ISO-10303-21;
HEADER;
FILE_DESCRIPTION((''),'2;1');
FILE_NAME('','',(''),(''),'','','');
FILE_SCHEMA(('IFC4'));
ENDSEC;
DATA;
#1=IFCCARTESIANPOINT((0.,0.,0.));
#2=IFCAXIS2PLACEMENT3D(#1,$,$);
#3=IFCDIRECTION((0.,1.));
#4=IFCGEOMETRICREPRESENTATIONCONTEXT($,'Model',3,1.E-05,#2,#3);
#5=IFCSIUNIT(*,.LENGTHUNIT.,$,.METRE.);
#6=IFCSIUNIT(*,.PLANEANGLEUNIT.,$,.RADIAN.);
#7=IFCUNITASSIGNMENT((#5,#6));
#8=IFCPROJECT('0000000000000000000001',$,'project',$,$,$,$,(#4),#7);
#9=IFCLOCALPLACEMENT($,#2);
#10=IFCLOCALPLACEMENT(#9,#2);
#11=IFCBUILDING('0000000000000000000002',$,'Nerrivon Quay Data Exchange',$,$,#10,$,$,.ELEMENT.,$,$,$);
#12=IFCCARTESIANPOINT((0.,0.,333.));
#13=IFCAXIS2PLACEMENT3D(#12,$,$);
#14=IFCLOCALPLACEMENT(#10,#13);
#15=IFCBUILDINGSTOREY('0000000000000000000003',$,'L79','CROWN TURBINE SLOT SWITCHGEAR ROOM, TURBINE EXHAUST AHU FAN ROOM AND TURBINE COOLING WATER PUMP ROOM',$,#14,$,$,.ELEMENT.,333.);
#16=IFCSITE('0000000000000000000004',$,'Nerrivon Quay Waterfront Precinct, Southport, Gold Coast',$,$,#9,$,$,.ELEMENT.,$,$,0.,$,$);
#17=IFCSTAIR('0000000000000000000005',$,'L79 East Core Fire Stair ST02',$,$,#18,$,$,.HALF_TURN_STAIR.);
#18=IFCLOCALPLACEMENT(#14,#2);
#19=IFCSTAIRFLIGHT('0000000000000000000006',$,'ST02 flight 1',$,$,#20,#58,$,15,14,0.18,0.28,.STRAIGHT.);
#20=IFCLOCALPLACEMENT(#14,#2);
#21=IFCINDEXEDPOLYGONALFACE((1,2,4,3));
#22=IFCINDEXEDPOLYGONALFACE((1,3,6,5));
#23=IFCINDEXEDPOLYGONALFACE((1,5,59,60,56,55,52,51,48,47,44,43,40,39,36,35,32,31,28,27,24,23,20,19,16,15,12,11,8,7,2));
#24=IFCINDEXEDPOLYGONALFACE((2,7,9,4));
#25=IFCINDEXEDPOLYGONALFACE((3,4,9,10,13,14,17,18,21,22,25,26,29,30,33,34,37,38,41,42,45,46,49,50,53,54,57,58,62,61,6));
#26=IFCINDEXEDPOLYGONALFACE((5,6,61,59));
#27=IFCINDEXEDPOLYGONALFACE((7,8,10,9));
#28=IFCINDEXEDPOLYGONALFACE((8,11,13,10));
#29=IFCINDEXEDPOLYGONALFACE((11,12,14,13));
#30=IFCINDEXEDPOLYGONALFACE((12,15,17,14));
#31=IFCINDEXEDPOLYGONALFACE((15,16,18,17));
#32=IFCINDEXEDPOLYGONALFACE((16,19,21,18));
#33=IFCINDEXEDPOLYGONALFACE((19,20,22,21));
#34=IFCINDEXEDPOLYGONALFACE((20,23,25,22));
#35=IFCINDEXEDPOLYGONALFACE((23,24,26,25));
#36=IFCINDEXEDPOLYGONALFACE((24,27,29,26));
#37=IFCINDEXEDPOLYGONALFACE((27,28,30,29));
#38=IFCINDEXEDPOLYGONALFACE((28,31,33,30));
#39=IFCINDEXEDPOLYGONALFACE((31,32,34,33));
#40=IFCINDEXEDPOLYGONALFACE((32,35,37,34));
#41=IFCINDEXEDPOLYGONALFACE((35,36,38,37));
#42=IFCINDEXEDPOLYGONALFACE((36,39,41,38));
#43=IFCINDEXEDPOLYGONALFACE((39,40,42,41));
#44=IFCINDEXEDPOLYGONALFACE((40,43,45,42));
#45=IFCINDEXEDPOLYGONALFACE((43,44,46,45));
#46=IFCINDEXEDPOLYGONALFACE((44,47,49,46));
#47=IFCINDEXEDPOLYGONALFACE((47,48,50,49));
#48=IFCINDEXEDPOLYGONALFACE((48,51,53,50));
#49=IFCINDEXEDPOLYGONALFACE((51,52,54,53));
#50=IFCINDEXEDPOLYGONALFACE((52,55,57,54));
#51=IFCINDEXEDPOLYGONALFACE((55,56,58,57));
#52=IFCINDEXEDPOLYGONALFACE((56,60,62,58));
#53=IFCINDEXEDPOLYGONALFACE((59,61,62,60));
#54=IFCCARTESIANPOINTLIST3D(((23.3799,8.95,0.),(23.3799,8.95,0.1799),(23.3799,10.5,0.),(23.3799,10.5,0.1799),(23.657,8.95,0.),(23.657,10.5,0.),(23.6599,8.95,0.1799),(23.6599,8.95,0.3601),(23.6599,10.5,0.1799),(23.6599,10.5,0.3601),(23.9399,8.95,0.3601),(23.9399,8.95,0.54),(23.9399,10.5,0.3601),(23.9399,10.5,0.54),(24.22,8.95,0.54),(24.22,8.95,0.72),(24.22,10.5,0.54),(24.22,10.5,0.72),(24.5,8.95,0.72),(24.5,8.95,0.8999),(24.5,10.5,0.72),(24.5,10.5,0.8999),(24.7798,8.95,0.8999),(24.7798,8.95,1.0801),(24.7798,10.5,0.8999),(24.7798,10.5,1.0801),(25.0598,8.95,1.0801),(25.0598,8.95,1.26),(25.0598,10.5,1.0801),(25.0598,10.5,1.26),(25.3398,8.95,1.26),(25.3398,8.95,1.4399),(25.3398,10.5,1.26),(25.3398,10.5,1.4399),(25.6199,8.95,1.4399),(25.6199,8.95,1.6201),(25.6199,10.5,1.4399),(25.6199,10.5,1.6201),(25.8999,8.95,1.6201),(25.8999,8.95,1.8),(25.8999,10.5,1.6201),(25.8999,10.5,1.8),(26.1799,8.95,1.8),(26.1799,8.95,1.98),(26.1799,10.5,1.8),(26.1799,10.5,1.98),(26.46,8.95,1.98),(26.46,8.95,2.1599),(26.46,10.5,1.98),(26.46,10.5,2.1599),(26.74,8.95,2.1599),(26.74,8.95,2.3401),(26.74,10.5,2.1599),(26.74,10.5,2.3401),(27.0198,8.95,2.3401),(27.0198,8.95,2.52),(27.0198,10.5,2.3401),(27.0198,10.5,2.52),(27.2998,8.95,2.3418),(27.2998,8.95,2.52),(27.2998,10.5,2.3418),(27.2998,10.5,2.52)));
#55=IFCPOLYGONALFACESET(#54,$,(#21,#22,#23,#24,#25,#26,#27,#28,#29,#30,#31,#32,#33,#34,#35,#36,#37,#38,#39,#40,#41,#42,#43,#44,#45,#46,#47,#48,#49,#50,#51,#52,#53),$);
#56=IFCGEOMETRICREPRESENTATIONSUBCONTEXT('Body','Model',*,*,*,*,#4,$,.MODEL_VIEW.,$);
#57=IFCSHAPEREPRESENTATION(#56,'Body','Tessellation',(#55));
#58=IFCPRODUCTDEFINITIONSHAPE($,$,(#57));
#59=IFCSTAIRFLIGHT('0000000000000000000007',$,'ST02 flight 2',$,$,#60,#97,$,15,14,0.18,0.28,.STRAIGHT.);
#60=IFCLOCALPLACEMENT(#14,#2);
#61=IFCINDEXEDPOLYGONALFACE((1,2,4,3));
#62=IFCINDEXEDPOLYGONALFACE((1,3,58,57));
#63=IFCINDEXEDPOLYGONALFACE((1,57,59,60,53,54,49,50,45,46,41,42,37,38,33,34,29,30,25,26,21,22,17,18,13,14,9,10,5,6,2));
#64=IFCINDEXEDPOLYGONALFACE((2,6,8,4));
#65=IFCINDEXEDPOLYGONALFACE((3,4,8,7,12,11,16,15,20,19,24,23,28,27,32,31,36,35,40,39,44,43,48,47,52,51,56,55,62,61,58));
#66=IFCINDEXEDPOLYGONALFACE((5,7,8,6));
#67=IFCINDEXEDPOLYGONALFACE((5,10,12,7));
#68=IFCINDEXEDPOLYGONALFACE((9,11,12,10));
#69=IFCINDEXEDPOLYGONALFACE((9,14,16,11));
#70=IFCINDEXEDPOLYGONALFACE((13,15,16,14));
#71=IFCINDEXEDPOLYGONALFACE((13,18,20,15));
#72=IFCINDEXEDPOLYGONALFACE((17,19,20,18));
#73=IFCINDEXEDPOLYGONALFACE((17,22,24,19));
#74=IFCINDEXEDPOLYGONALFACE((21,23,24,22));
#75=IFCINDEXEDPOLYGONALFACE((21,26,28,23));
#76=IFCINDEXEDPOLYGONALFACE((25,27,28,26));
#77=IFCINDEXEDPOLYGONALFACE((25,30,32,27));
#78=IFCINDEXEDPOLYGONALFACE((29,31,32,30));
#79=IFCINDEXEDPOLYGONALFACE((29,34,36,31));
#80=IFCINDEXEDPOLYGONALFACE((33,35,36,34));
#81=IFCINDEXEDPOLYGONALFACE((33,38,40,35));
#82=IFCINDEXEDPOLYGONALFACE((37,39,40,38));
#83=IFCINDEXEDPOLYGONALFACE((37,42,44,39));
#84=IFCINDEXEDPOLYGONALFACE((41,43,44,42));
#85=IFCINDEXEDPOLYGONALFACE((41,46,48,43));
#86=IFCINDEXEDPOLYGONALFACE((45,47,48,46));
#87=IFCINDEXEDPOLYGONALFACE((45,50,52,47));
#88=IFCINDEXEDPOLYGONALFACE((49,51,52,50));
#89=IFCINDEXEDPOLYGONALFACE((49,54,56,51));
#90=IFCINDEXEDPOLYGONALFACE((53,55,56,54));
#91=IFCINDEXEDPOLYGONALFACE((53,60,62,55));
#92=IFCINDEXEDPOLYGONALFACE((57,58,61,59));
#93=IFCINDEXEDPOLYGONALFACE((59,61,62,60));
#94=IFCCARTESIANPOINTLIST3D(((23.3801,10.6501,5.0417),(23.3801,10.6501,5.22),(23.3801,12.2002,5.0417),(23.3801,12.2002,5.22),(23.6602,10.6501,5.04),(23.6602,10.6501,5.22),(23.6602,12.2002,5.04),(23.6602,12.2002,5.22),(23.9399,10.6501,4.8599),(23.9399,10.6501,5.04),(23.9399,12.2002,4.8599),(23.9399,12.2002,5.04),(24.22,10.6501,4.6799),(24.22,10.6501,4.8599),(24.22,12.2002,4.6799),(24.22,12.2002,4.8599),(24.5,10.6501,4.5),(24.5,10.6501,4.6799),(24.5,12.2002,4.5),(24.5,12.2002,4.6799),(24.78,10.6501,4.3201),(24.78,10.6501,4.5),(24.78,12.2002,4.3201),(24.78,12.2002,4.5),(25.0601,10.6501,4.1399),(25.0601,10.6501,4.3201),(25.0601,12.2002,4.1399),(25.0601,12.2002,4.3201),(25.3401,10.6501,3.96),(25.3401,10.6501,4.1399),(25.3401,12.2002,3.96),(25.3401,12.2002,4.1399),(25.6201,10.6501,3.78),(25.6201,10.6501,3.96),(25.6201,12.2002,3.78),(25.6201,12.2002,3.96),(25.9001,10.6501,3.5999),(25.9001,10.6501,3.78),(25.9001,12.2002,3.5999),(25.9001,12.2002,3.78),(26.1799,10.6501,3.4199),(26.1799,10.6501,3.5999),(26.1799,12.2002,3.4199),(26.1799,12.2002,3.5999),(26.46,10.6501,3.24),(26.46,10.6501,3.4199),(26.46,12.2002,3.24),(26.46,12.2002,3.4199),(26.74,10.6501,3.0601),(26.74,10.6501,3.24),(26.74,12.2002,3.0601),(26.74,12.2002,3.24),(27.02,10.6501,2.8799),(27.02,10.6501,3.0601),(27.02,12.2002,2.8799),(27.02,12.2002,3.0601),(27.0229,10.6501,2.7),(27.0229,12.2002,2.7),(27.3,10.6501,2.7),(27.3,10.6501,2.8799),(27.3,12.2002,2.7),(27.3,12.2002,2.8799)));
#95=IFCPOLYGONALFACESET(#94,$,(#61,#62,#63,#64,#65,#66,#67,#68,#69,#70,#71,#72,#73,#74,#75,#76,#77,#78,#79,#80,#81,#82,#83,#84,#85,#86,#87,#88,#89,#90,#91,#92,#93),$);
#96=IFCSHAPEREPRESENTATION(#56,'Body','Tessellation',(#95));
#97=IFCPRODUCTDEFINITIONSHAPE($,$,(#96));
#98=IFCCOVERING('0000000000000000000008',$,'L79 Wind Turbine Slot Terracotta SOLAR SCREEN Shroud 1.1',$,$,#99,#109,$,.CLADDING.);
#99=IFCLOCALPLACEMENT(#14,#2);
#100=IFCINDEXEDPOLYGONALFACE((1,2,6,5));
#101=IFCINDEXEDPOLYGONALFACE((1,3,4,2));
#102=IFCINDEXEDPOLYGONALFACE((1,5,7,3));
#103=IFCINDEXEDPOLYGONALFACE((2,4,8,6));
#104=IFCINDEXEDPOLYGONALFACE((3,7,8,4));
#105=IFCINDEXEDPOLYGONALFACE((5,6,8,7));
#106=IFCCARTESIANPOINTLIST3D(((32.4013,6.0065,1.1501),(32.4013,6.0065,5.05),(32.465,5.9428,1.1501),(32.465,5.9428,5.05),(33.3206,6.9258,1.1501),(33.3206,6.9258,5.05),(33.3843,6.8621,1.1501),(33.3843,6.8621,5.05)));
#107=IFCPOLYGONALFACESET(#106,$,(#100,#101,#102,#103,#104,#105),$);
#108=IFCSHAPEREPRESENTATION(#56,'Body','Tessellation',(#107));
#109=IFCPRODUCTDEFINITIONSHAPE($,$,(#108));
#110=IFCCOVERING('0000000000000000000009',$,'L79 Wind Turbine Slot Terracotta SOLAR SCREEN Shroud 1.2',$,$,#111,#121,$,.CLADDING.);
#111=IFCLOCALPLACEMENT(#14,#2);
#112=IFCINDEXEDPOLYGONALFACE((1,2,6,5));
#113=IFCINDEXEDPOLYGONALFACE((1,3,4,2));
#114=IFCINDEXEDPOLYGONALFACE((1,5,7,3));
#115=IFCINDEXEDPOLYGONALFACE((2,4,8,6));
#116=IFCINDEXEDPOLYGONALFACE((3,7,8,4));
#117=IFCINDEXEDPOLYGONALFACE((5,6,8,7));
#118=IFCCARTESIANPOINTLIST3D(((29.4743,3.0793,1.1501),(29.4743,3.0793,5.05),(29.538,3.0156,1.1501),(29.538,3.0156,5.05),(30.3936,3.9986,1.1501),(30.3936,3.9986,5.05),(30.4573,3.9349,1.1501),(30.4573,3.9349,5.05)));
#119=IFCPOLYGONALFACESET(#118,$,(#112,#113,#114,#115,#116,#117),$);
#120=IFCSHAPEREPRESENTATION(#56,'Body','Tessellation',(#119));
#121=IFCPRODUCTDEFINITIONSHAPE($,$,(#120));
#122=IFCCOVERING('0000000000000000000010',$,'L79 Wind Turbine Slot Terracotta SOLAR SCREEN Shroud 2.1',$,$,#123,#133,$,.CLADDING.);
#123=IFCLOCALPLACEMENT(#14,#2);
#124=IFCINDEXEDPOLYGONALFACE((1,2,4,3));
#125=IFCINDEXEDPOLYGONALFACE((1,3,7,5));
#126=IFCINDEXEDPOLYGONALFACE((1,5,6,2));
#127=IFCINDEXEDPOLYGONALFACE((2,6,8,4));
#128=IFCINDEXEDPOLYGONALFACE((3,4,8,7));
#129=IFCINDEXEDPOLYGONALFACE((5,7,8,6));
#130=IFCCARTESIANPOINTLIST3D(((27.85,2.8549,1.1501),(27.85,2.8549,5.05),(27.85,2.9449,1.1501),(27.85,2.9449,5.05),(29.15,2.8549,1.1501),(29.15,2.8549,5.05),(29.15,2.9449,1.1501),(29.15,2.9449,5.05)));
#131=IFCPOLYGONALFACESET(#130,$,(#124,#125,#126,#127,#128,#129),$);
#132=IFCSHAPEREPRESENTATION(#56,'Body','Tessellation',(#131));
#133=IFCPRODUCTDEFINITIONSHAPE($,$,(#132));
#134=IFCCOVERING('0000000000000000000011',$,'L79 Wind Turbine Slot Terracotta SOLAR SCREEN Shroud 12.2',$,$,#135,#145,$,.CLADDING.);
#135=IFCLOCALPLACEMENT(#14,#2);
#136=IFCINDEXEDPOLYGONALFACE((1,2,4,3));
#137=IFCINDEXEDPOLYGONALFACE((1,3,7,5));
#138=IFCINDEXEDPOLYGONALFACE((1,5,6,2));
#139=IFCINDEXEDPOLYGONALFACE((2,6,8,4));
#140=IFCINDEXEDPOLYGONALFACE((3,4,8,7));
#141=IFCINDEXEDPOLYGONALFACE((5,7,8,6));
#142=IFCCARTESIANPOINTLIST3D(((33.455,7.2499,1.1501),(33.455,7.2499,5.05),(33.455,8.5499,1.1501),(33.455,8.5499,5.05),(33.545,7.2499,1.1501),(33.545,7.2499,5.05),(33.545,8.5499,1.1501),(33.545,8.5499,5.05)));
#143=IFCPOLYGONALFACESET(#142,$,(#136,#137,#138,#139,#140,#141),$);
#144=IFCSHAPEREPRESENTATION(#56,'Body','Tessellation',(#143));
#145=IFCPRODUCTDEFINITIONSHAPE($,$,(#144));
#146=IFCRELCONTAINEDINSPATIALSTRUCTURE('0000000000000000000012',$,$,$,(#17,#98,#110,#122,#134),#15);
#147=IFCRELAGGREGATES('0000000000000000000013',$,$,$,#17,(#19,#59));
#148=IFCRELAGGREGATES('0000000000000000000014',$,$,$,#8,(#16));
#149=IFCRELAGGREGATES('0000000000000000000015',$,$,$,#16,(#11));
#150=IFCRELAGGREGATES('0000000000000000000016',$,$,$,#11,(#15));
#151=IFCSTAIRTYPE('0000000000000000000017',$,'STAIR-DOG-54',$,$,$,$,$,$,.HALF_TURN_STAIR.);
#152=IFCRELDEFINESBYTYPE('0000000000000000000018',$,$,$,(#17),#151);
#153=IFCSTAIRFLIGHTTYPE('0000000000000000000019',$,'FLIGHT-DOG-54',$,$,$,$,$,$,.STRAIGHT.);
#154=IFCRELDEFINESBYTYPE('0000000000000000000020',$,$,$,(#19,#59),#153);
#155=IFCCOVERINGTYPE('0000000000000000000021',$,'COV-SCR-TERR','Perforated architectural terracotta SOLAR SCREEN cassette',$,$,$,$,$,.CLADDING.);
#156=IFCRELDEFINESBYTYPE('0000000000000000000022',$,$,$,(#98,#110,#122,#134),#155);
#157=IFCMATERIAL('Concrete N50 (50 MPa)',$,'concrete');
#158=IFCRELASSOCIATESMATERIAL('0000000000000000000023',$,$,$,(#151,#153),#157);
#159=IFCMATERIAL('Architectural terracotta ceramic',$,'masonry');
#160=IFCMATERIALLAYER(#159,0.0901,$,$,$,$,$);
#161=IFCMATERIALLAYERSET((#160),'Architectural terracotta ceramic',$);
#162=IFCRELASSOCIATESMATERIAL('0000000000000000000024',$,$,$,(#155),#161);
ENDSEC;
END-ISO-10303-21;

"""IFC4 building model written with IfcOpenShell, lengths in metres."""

from ifc_helpers import new_model, si_unit, direction, frame, origin, origin_2d, place, context, subcontext, project, spatial, polyline, rectangle, outline, extrude, material, layer, layer_set, type_object, element, aggregate, save


model = new_model("IFC4")

# Units and contexts
model_context = context("Model", 3, precision=1e-05, world=origin(), true_north=direction((0.0, 1.0)))
body_context = subcontext(model_context, "Body", "Model", "MODEL_VIEW")
ifc_project = project(units=[si_unit("LENGTHUNIT", "METRE"), si_unit("PLANEANGLEUNIT", "RADIAN")], contexts=[model_context])

# Site, building, storey
site_placement = place(None, origin())
site = spatial("IfcSite", under=ifc_project, at=site_placement, Name="Nerrivon Quay Waterfront Precinct, Southport, Gold Coast", CompositionType="ELEMENT", RefElevation=0.0)
building_placement = place(site_placement, origin())
building = spatial("IfcBuilding", under=site, at=building_placement, Name="Nerrivon Quay Data Exchange", CompositionType="ELEMENT")
storey_placement = place(building_placement, frame((0.0, 0.0, 333.0)))
storey = spatial("IfcBuildingStorey", under=building, at=storey_placement, Name="L79", Description="CROWN TURBINE SLOT SWITCHGEAR ROOM, TURBINE EXHAUST AHU FAN ROOM AND TURBINE COOLING WATER PUMP ROOM", CompositionType="ELEMENT", Elevation=333.0)

# Shared definitions
ifc_material_1 = material(Name="Concrete N50 (50 MPa)", Category="concrete")

# Stair, stair flights
stair_type = type_object("IfcStairType", Name="STAIR-DOG-54", PredefinedType="HALF_TURN_STAIR", material=ifc_material_1)
stair_placement = place(storey_placement, origin())
stair = element("IfcStair", 1, at=stair_placement, inside=storey, type_object=stair_type, Name="L79 East Core Fire Stair ST02", PredefinedType="HALF_TURN_STAIR")
stair_flight_type = type_object("IfcStairFlightType", Name="FLIGHT-DOG-54", PredefinedType="STRAIGHT", material=ifc_material_1)
stair_flight_1_placement = place(storey_placement, frame((23.3799, 9.7251, 0.0), z_axis=(0.0, 0.0, 1.0), x_axis=(1.0, 0.0, 0.0)))
stair_flight_1 = element("IfcStairFlight", 2, at=stair_flight_1_placement, type_object=stair_flight_type, Name="ST02 flight 1", NumberOfRisers=15, NumberOfTreads=14, PredefinedType="STRAIGHT", RiserHeight=0.18, TreadLength=0.28, context=body_context, shape_type="SweptSolid", body=[
    extrude(outline(polyline([(0.0, 0.0), (0.0, 0.1799), (0.28, 0.1799), (0.28, 0.3601), (0.5601, 0.3601), (0.5601, 0.54), (0.8401, 0.54), (0.8401, 0.72), (1.1201, 0.72), (1.1201, 0.8999), (1.3999, 0.8999), (1.3999, 1.0801), (1.6799, 1.0801), (1.6799, 1.26), (1.96, 1.26), (1.96, 1.4399), (2.24, 1.4399), (2.24, 1.6201), (2.52, 1.6201), (2.52, 1.8), (2.8, 1.8), (2.8, 1.98), (3.0801, 1.98), (3.0801, 2.1599), (3.3601, 2.1599), (3.3601, 2.3401), (3.6399, 2.3401), (3.6399, 2.52), (3.9199, 2.52), (3.9199, 2.7), (3.9199, 2.3418), (0.2771, 0.0), (0.0, 0.0)])), frame((0.0, 0.7749, 0.0), z_axis=(0.0, -1.0, 0.0), x_axis=(1.0, 0.0, 0.0)), (0.0, 0.0, 1.0), 1.55),
])
stair_flight_2_placement = place(storey_placement, frame((27.3, 11.425, 2.7), z_axis=(0.0, 0.0, 1.0), x_axis=(-1.0, 0.0, 0.0)))
stair_flight_2 = element("IfcStairFlight", 3, at=stair_flight_2_placement, type_object=stair_flight_type, Name="ST02 flight 2", NumberOfRisers=15, NumberOfTreads=14, PredefinedType="STRAIGHT", RiserHeight=0.18, TreadLength=0.28, context=body_context, shape_type="SweptSolid", body=[
    extrude(outline(polyline([(0.0, 0.0), (0.0, 0.1799), (0.28, 0.1799), (0.28, 0.3601), (0.5601, 0.3601), (0.5601, 0.54), (0.8401, 0.54), (0.8401, 0.72), (1.1201, 0.72), (1.1201, 0.8999), (1.3999, 0.8999), (1.3999, 1.0801), (1.6799, 1.0801), (1.6799, 1.26), (1.96, 1.26), (1.96, 1.4399), (2.24, 1.4399), (2.24, 1.6201), (2.52, 1.6201), (2.52, 1.8), (2.8, 1.8), (2.8, 1.98), (3.0801, 1.98), (3.0801, 2.1599), (3.3601, 2.1599), (3.3601, 2.3401), (3.6399, 2.3401), (3.6399, 2.52), (3.9199, 2.52), (3.9199, 2.7), (3.9199, 2.3418), (0.2771, 0.0), (0.0, 0.0)])), frame((0.0, 0.7749, 0.0), z_axis=(0.0, -1.0, 0.0), x_axis=(1.0, 0.0, 0.0)), (0.0, 0.0, 1.0), 1.55),
])
aggregate(stair, [stair_flight_1, stair_flight_2])

# Coverings
ifc_material_2 = material(Name="Architectural terracotta ceramic", Category="masonry")
ifc_layer_1 = layer(ifc_material_2, 0.0901)
ifc_layer_set_1 = layer_set([ifc_layer_1], Name="Architectural terracotta ceramic")
covering_type = type_object("IfcCoveringType", Name="COV-SCR-TERR", Description="Perforated architectural terracotta SOLAR SCREEN cassette", PredefinedType="CLADDING", material=ifc_layer_set_1)
for number, where, z_axis, x_axis, name in (
    (4, (32.8928, 6.4343, 1.1501), (0.0, 0.0, 1.0), (-0.707107, -0.707107, 0.0), "L79 Wind Turbine Slot Terracotta SOLAR SCREEN Shroud 1.1"),
    (5, (29.9658, 3.5071, 1.1501), (0.0, 0.0, 1.0), (-0.707107, -0.707107, 0.0), "L79 Wind Turbine Slot Terracotta SOLAR SCREEN Shroud 1.2"),
    (6, (28.5, 2.8999, 1.1501), (0.0, 0.0, 1.0), (-1.0, 0.0, 0.0), "L79 Wind Turbine Slot Terracotta SOLAR SCREEN Shroud 2.1"),
    (7, (33.5, 7.8999, 1.1501), (0.0, 0.0, 1.0), (0.0, -1.0, 0.0), "L79 Wind Turbine Slot Terracotta SOLAR SCREEN Shroud 12.2"),
):
    element("IfcCovering", number, at=place(storey_placement, frame(where, z_axis=z_axis, x_axis=x_axis)), inside=storey, type_object=covering_type, Name=name, PredefinedType="CLADDING", context=body_context, shape_type="SweptSolid", body=[
        extrude(rectangle(XDim=1.3, YDim=0.0901, at=origin_2d()), origin(), (0.0, 0.0, 1.0), 3.8999),
    ])

save(model, "model.ifc")
